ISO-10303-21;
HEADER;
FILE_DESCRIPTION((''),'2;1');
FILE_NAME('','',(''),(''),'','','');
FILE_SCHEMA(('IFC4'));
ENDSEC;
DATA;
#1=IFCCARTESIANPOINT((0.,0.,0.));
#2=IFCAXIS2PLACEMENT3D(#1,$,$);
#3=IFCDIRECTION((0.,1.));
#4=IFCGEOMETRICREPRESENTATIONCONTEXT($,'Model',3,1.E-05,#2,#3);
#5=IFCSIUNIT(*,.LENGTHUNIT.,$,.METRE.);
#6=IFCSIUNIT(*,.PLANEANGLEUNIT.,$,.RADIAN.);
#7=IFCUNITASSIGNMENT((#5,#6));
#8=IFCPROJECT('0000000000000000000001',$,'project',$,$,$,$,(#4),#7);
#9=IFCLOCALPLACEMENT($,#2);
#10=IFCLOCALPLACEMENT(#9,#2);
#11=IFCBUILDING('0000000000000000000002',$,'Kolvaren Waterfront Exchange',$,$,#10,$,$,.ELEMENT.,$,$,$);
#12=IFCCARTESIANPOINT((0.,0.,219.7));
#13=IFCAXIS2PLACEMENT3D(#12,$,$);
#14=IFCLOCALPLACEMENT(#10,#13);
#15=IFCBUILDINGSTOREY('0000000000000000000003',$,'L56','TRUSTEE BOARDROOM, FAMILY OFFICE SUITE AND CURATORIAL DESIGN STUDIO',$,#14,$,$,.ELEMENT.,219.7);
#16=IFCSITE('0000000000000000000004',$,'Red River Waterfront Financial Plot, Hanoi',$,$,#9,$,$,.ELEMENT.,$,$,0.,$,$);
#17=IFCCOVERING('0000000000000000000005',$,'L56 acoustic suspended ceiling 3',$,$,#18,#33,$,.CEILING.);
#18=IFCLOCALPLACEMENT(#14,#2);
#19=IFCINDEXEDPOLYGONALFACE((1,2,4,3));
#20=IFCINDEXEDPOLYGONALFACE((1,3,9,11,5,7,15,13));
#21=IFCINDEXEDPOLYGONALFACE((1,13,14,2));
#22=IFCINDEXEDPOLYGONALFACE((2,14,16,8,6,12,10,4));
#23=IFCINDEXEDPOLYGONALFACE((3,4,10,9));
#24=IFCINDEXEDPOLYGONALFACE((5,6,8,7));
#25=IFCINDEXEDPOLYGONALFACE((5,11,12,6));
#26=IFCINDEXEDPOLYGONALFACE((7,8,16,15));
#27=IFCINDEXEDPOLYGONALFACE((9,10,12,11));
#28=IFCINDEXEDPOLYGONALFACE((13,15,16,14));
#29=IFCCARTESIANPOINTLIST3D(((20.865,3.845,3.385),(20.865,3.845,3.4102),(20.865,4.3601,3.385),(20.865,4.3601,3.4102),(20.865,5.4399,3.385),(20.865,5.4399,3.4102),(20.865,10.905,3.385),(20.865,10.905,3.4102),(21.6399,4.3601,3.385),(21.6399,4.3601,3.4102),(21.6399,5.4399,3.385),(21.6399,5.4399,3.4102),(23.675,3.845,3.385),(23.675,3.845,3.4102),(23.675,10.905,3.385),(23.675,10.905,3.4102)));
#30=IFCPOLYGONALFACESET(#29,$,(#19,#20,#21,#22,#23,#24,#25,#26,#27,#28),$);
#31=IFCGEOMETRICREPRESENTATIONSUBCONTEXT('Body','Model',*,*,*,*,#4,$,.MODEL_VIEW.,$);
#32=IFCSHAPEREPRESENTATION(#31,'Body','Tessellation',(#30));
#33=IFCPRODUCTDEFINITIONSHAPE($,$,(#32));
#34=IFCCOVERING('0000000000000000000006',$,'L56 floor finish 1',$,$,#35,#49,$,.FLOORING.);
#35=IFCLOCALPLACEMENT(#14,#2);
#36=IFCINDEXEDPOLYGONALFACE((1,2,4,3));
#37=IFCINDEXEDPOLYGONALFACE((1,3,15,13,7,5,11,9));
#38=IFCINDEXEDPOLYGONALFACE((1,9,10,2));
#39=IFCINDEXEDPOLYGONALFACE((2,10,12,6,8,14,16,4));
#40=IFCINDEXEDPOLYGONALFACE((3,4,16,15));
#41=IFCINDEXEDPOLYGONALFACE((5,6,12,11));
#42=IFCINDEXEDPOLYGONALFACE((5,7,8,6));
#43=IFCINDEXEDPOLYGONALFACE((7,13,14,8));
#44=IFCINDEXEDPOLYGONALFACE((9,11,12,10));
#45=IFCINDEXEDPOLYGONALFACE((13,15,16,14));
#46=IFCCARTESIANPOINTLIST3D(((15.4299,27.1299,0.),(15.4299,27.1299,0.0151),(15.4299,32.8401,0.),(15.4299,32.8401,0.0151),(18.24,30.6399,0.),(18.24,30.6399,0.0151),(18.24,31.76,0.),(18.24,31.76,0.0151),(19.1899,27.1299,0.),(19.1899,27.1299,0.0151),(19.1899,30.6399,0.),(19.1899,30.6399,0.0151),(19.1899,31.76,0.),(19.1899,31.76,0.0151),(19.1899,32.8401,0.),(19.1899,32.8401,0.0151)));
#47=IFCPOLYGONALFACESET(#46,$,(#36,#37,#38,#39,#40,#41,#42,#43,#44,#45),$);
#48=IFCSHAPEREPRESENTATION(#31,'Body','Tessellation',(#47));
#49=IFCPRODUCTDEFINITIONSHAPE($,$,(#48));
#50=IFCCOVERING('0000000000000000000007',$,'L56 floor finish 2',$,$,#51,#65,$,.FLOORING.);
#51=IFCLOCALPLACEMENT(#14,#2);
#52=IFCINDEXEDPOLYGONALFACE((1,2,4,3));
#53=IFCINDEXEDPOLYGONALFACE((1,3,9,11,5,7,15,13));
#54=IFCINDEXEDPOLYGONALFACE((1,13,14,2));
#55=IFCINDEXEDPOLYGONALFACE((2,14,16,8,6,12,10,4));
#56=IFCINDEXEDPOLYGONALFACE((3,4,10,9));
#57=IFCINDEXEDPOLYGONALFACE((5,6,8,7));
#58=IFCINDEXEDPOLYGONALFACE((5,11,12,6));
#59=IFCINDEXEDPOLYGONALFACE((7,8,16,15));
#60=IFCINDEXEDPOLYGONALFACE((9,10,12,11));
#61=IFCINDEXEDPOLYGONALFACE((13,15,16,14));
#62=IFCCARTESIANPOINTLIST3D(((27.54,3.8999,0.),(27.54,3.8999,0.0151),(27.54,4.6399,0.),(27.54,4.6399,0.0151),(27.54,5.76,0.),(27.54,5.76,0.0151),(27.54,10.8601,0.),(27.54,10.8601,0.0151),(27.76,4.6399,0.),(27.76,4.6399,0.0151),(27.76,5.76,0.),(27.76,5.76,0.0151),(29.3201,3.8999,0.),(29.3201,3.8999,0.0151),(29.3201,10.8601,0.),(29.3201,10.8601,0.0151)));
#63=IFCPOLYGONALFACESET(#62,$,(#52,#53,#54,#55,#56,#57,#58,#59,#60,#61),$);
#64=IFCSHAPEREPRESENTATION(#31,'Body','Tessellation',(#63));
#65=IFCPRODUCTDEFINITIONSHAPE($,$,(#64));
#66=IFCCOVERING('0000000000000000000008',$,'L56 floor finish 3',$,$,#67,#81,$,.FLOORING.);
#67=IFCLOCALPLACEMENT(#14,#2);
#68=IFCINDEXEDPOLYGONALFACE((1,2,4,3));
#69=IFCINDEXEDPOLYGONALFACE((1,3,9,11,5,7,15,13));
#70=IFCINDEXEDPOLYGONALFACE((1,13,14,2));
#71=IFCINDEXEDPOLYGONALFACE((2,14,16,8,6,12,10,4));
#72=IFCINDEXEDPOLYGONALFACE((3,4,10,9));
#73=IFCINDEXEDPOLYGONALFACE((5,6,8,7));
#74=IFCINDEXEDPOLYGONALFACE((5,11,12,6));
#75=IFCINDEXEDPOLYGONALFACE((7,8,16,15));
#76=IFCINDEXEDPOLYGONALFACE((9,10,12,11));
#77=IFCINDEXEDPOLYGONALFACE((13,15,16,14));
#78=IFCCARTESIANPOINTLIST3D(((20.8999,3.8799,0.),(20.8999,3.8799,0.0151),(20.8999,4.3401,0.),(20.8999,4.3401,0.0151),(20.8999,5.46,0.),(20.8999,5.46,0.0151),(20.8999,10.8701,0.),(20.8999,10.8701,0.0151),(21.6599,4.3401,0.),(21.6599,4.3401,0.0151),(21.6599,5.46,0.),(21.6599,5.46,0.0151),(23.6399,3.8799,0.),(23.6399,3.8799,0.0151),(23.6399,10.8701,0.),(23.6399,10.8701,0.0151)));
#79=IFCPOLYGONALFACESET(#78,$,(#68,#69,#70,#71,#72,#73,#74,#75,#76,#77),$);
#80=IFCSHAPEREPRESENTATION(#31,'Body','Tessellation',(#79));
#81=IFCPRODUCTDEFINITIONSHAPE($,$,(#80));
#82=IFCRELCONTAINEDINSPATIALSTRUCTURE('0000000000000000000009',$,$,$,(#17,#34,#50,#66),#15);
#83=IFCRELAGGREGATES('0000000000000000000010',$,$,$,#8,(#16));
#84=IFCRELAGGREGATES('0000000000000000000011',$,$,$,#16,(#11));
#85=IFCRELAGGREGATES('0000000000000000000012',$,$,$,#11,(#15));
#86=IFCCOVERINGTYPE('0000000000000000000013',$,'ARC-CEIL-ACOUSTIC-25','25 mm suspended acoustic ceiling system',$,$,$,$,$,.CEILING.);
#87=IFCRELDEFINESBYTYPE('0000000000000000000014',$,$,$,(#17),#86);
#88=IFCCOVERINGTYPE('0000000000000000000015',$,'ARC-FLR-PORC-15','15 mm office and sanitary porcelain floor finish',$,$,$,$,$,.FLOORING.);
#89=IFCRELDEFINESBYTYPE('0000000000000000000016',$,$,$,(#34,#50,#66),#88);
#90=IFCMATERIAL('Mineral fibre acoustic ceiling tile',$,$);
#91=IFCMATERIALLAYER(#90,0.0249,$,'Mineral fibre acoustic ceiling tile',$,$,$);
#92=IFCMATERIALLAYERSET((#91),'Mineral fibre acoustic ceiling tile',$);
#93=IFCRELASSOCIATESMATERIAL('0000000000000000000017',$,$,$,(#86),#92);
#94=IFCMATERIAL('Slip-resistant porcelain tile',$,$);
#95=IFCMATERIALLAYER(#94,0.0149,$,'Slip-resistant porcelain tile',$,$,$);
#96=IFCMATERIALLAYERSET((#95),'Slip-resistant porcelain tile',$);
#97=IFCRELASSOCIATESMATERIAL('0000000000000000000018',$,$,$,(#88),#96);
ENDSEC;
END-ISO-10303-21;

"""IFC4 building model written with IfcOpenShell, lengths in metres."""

from ifc_helpers import new_model, si_unit, direction, frame, origin, place, context, subcontext, project, spatial, polyline, outline, extrude, material, layer, layer_set, type_object, element, save


model = new_model("IFC4")

# Units and contexts
model_context = context("Model", 3, precision=1e-05, world=origin(), true_north=direction((0.0, 1.0)))
body_context = subcontext(model_context, "Body", "Model", "MODEL_VIEW")
ifc_project = project(units=[si_unit("LENGTHUNIT", "METRE"), si_unit("PLANEANGLEUNIT", "RADIAN")], contexts=[model_context])

# Site, building, storey
site_placement = place(None, origin())
site = spatial("IfcSite", under=ifc_project, at=site_placement, Name="Red River Waterfront Financial Plot, Hanoi", CompositionType="ELEMENT", RefElevation=0.0)
building_placement = place(site_placement, origin())
building = spatial("IfcBuilding", under=site, at=building_placement, Name="Kolvaren Waterfront Exchange", CompositionType="ELEMENT")
storey_placement = place(building_placement, frame((0.0, 0.0, 219.7)))
storey = spatial("IfcBuildingStorey", under=building, at=storey_placement, Name="L56", Description="TRUSTEE BOARDROOM, FAMILY OFFICE SUITE AND CURATORIAL DESIGN STUDIO", CompositionType="ELEMENT", Elevation=219.7)

# Coverings
ifc_material_1 = material(Name="Mineral fibre acoustic ceiling tile")
ifc_layer_1 = layer(ifc_material_1, 0.0249, Name="Mineral fibre acoustic ceiling tile")
ifc_layer_set_1 = layer_set([ifc_layer_1], Name="Mineral fibre acoustic ceiling tile")
covering_type_1 = type_object("IfcCoveringType", Name="ARC-CEIL-ACOUSTIC-25", Description="25 mm suspended acoustic ceiling system", PredefinedType="CEILING", material=ifc_layer_set_1)
covering_1_placement = place(storey_placement, frame((0.0, 0.0, 3.385)))
element("IfcCovering", 1, at=covering_1_placement, inside=storey, type_object=covering_type_1, Name="L56 acoustic suspended ceiling 3", PredefinedType="CEILING", context=body_context, shape_type="SweptSolid", body=[
    extrude(outline(polyline([(20.865, 5.4399), (21.6399, 5.4399), (21.6399, 4.3601), (20.865, 4.3601), (20.865, 3.845), (23.675, 3.845), (23.675, 10.905), (20.865, 10.905), (20.865, 5.4399)])), origin(), (0.0, 0.0, 1.0), 0.0251),
])
ifc_material_2 = material(Name="Slip-resistant porcelain tile")
ifc_layer_2 = layer(ifc_material_2, 0.0149, Name="Slip-resistant porcelain tile")
ifc_layer_set_2 = layer_set([ifc_layer_2], Name="Slip-resistant porcelain tile")
covering_type_2 = type_object("IfcCoveringType", Name="ARC-FLR-PORC-15", Description="15 mm office and sanitary porcelain floor finish", PredefinedType="FLOORING", material=ifc_layer_set_2)
covering_2_placement = place(storey_placement, origin())
element("IfcCovering", 2, at=covering_2_placement, inside=storey, type_object=covering_type_2, Name="L56 floor finish 1", PredefinedType="FLOORING", context=body_context, shape_type="SweptSolid", body=[
    extrude(outline(polyline([(15.4299, 32.8401), (15.4299, 27.1299), (19.1899, 27.1299), (19.1899, 30.6399), (18.24, 30.6399), (18.24, 31.76), (19.1899, 31.76), (19.1899, 32.8401), (15.4299, 32.8401)])), origin(), (0.0, 0.0, 1.0), 0.0151),
])
covering_3_placement = place(storey_placement, origin())
element("IfcCovering", 3, at=covering_3_placement, inside=storey, type_object=covering_type_2, Name="L56 floor finish 2", PredefinedType="FLOORING", context=body_context, shape_type="SweptSolid", body=[
    extrude(outline(polyline([(27.54, 4.6399), (27.54, 3.8999), (29.3201, 3.8999), (29.3201, 10.8601), (27.54, 10.8601), (27.54, 5.76), (27.76, 5.76), (27.76, 4.6399), (27.54, 4.6399)])), origin(), (0.0, 0.0, 1.0), 0.0151),
])
covering_4_placement = place(storey_placement, origin())
element("IfcCovering", 4, at=covering_4_placement, inside=storey, type_object=covering_type_2, Name="L56 floor finish 3", PredefinedType="FLOORING", context=body_context, shape_type="SweptSolid", body=[
    extrude(outline(polyline([(20.8999, 4.3401), (20.8999, 3.8799), (23.6399, 3.8799), (23.6399, 10.8701), (20.8999, 10.8701), (20.8999, 5.46), (21.6599, 5.46), (21.6599, 4.3401), (20.8999, 4.3401)])), origin(), (0.0, 0.0, 1.0), 0.0151),
])

save(model, "model.ifc")
